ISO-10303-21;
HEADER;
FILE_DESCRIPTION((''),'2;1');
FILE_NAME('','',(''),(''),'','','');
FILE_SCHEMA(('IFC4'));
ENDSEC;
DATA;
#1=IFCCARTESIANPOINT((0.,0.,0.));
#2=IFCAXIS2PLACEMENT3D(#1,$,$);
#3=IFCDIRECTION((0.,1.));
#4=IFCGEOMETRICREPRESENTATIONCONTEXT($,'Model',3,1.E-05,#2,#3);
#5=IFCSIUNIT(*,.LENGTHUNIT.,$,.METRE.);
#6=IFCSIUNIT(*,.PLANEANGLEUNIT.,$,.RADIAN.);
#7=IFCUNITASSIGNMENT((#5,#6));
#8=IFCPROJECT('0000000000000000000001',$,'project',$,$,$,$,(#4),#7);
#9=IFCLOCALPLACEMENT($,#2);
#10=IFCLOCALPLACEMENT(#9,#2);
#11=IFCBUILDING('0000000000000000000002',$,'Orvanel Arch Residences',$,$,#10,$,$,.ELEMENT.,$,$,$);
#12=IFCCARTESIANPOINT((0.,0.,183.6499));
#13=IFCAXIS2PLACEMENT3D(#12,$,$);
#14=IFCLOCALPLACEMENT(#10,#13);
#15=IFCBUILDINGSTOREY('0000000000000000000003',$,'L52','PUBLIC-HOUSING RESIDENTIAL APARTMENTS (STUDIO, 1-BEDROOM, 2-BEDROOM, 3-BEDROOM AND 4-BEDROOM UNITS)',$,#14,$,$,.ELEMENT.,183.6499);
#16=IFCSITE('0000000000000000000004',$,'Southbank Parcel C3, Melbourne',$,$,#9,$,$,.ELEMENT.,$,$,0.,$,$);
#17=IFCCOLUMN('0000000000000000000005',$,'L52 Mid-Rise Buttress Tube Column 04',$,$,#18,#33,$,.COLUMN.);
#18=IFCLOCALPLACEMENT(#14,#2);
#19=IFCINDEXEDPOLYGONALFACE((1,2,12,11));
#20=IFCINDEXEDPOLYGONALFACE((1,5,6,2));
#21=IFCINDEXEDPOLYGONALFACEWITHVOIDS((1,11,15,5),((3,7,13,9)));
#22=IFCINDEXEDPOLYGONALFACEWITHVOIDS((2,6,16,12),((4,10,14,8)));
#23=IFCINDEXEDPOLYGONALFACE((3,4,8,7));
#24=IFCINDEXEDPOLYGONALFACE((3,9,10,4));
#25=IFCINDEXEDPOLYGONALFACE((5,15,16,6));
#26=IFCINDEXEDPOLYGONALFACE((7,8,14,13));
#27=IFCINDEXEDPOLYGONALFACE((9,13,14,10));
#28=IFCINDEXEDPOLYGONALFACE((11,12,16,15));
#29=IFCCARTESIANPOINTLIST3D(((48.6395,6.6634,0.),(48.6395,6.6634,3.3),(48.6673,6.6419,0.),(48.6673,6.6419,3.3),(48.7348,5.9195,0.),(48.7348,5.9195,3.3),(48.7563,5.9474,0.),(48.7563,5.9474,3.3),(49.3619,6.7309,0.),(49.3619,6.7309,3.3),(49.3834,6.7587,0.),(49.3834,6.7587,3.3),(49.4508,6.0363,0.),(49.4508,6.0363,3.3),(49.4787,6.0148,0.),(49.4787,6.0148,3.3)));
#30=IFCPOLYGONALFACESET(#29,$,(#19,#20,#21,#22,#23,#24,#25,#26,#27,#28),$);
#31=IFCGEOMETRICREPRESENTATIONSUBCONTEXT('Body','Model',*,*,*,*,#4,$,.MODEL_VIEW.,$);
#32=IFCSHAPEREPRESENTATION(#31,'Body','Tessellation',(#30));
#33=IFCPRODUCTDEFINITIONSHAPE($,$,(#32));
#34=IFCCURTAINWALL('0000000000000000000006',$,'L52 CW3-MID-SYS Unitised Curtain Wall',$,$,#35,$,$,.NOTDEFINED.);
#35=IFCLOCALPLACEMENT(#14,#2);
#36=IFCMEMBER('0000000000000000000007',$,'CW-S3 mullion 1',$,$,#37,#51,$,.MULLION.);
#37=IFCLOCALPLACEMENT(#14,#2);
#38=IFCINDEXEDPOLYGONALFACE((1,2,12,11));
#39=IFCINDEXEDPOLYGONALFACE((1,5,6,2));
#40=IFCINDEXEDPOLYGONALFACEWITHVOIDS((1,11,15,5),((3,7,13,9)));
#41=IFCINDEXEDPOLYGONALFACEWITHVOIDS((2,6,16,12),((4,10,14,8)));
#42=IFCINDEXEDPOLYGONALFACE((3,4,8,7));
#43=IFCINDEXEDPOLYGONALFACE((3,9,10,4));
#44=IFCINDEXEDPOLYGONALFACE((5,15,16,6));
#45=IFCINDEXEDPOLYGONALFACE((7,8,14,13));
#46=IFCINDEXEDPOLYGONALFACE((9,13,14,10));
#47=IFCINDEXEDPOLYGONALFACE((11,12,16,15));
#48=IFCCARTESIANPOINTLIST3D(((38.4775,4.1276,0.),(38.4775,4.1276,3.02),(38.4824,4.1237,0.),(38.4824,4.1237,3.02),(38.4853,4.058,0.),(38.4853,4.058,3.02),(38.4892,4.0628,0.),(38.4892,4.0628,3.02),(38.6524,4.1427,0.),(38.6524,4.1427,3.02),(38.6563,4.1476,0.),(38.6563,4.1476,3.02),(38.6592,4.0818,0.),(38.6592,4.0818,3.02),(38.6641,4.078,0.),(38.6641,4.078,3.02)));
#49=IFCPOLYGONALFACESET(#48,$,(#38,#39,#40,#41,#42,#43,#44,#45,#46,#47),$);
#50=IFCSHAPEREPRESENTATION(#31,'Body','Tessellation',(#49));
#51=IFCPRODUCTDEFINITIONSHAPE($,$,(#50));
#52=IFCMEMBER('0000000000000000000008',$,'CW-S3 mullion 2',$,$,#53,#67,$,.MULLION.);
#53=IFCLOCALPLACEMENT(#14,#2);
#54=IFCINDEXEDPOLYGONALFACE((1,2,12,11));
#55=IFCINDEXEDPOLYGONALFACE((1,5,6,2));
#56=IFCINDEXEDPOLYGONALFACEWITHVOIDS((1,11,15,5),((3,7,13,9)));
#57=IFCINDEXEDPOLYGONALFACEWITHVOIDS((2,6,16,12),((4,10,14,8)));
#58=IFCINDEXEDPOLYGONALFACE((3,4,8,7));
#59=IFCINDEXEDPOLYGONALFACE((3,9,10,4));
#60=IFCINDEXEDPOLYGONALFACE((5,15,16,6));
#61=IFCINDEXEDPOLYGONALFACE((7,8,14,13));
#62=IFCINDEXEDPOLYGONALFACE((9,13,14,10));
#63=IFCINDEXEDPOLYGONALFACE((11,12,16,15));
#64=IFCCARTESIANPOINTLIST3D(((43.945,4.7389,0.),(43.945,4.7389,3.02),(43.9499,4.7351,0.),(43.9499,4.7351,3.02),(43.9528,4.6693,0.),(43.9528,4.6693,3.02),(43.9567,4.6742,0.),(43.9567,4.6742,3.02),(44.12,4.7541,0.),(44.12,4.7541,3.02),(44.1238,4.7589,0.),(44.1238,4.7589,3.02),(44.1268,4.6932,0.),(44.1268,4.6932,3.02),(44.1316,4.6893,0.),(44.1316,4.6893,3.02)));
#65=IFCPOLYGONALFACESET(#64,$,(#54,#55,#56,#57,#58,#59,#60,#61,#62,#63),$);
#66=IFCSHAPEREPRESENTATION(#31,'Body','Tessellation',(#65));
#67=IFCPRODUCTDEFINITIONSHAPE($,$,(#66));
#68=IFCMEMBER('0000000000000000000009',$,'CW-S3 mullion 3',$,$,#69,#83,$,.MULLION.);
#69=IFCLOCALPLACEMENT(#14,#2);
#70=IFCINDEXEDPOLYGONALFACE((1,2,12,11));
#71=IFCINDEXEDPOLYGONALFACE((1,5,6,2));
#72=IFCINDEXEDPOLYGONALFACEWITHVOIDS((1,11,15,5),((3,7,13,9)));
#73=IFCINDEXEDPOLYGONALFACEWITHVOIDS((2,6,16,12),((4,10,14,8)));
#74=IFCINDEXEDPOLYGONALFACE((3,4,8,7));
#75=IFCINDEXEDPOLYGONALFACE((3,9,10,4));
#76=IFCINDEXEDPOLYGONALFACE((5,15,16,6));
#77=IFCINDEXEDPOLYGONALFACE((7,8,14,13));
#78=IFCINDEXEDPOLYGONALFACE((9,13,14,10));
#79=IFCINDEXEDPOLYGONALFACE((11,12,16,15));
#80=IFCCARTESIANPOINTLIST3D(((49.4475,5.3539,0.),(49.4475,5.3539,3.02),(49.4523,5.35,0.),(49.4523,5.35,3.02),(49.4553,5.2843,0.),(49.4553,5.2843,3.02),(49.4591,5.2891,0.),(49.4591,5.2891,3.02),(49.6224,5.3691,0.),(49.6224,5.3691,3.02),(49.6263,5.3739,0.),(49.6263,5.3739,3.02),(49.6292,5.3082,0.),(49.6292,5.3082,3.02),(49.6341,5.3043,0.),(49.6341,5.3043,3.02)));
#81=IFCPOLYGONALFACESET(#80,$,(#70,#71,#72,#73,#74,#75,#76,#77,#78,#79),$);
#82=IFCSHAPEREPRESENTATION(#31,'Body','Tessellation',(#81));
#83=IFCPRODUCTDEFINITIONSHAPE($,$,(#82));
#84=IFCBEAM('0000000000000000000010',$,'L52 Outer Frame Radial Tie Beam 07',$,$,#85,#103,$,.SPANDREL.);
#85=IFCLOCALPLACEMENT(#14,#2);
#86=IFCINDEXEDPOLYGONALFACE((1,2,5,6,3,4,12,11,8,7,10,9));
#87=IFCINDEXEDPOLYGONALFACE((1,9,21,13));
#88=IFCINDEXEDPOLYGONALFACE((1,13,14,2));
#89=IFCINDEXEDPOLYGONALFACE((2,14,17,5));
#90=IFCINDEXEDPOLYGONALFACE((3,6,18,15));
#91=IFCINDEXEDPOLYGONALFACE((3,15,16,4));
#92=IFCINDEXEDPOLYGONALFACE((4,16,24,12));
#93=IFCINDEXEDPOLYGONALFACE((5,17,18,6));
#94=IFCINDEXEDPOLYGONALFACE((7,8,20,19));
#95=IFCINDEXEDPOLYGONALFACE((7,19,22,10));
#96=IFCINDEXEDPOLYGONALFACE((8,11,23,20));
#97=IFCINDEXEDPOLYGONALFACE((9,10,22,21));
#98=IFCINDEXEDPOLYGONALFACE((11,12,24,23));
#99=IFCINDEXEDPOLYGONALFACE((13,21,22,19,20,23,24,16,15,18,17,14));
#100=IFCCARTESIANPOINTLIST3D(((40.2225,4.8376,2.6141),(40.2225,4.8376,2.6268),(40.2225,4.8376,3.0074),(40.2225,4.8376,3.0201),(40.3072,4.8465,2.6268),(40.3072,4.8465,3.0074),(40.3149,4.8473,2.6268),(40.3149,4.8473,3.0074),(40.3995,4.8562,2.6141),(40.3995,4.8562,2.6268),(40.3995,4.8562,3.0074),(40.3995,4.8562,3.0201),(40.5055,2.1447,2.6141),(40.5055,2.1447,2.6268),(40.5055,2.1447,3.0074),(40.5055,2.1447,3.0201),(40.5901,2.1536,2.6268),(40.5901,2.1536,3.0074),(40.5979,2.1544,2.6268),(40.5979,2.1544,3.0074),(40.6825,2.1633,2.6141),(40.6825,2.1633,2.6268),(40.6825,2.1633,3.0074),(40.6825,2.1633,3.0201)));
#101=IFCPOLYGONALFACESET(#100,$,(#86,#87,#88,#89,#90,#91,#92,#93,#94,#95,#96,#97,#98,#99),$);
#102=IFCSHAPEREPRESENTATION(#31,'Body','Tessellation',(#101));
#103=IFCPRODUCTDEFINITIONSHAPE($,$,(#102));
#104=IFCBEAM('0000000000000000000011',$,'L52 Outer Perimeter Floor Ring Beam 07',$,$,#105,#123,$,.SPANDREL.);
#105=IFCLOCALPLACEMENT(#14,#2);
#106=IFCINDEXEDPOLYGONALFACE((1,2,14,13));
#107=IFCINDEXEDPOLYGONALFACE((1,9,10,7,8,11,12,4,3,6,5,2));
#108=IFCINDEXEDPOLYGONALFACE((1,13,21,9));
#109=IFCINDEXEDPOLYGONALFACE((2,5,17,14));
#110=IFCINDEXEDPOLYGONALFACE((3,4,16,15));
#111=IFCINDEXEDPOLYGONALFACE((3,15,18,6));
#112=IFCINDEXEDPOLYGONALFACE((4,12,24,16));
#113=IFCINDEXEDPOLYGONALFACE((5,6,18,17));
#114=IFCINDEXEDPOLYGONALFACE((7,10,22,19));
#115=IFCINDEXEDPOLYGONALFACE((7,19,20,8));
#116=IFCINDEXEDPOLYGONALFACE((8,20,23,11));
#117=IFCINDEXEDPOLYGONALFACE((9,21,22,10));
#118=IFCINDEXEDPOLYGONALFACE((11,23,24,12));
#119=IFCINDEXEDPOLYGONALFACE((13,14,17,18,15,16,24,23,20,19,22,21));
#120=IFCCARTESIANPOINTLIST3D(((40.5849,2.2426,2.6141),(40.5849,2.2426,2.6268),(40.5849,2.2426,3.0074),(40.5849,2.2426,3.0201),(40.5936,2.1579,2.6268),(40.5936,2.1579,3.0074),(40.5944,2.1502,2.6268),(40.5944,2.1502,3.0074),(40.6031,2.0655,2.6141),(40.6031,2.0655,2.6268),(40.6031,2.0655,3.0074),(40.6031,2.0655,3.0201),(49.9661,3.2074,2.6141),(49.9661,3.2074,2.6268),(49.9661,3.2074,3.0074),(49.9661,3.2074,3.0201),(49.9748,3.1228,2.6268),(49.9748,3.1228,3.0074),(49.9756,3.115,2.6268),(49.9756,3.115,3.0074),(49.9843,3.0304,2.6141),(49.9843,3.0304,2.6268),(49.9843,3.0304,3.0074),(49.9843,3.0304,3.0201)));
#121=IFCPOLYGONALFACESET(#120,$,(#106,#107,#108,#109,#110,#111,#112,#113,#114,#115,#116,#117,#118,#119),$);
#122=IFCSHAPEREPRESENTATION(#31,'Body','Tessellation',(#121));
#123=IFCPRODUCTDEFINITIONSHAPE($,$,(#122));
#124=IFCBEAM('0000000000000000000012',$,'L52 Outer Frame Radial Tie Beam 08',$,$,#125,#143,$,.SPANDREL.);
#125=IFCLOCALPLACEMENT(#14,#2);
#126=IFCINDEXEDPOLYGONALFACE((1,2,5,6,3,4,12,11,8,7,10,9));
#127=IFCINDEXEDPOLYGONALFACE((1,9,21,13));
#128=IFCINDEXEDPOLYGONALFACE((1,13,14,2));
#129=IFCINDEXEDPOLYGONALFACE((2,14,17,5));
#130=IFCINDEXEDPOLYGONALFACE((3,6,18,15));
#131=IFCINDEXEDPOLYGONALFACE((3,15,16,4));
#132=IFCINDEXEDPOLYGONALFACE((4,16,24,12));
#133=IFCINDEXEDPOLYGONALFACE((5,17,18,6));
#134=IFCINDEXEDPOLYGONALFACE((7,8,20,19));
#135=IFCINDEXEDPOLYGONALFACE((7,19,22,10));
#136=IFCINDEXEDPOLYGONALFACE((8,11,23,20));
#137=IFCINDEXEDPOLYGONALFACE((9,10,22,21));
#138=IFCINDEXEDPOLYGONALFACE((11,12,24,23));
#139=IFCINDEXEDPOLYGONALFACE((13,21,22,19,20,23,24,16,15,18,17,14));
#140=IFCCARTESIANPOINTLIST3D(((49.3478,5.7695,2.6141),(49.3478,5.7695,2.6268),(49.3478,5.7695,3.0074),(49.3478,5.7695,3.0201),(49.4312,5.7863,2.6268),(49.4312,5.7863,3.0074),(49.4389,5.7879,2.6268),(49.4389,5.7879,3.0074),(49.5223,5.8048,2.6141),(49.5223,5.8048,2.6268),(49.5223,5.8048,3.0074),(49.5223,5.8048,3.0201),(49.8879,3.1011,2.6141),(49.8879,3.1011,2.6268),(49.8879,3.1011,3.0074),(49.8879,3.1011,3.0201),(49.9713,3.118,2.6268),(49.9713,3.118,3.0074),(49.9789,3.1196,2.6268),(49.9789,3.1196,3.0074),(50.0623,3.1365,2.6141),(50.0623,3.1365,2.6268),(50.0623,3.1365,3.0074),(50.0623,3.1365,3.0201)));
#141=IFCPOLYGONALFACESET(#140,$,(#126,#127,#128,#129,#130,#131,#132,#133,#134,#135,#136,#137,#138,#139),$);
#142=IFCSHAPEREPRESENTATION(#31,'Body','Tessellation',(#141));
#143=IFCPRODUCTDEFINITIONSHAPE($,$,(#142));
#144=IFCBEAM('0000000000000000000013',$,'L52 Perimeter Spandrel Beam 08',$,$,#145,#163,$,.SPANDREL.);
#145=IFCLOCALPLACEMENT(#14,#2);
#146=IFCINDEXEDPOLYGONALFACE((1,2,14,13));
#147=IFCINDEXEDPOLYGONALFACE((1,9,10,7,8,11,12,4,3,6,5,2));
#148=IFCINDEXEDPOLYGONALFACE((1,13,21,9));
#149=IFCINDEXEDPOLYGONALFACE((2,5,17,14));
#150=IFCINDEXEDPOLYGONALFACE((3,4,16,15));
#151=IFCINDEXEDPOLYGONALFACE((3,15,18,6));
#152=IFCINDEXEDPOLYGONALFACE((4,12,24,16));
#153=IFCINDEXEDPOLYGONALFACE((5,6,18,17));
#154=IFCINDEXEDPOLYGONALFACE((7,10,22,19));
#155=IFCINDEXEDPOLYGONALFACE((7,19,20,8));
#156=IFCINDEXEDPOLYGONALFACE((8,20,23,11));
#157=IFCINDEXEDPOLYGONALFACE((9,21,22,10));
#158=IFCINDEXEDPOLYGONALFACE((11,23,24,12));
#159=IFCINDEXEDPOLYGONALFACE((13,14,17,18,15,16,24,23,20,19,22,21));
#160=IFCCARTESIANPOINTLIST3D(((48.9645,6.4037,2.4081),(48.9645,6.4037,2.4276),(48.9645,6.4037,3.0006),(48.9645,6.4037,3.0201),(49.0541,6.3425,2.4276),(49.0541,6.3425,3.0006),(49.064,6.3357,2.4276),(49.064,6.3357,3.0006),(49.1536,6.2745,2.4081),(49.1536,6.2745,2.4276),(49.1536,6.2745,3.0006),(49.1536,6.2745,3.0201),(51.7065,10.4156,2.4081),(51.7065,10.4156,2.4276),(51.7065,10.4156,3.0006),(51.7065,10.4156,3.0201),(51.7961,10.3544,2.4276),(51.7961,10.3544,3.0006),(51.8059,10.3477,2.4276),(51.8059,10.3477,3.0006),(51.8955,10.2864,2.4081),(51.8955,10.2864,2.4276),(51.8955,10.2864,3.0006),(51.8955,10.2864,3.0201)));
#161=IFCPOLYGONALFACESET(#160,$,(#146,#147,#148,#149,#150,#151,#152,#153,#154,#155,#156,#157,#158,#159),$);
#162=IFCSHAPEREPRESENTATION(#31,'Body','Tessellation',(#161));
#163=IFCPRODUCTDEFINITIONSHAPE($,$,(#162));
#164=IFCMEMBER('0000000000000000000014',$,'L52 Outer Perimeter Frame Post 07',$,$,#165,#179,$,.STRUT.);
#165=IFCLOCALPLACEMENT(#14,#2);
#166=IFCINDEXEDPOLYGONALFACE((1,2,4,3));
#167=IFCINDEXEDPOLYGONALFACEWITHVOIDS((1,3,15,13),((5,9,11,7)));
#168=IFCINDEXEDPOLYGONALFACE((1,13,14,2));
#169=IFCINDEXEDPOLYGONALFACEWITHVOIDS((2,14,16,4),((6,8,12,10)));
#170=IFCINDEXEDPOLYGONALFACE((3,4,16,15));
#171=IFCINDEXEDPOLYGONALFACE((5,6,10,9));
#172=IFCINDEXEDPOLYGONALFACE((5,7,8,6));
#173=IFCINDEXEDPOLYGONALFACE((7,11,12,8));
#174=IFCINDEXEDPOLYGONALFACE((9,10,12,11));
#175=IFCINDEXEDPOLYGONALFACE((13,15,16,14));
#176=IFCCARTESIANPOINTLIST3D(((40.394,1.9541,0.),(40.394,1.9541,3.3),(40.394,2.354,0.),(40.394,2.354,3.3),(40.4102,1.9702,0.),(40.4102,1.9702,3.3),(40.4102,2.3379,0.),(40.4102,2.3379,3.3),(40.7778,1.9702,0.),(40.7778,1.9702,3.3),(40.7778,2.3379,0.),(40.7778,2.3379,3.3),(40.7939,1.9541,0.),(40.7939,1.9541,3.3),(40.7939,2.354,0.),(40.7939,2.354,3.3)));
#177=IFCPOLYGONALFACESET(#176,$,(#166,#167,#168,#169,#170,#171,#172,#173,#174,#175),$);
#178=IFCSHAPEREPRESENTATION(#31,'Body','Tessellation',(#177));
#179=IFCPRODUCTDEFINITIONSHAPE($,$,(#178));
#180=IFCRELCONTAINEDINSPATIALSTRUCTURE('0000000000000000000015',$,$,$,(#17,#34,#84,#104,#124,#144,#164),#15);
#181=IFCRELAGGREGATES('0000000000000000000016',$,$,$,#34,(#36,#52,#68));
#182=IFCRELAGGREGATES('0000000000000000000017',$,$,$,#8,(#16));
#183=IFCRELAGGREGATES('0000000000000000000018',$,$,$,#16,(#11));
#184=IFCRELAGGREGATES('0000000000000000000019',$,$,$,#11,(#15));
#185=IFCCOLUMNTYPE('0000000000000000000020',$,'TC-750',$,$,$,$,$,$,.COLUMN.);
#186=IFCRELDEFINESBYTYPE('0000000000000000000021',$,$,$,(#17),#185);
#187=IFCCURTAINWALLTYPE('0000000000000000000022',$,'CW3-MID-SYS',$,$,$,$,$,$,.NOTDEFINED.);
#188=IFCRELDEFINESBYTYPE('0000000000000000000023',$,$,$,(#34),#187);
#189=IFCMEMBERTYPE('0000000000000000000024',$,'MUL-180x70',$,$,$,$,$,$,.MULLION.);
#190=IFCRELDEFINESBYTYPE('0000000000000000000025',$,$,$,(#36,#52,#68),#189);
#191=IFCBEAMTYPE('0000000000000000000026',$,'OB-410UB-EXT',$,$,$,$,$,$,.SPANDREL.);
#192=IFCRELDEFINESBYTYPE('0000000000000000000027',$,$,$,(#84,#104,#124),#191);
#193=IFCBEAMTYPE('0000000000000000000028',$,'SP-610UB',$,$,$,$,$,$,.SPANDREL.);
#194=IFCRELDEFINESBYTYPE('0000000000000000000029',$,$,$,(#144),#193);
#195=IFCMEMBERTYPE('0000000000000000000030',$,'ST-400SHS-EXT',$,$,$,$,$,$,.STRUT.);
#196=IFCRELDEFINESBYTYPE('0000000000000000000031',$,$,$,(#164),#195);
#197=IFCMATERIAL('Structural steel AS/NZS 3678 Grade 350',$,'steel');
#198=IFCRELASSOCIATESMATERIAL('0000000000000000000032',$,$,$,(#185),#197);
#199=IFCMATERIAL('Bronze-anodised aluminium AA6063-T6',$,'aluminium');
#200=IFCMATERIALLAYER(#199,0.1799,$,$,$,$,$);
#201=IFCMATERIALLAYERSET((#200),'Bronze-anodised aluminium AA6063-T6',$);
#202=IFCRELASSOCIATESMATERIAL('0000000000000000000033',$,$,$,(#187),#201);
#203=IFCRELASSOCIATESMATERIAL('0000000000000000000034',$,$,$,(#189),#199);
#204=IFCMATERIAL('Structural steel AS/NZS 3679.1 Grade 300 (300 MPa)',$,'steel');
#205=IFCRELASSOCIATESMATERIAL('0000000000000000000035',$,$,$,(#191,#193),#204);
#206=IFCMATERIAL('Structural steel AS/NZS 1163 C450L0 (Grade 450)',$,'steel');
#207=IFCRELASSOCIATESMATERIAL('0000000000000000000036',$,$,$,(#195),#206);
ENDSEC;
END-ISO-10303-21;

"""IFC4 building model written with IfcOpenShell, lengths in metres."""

from ifc_helpers import new_model, si_unit, direction, frame, origin, origin_2d, place, context, subcontext, project, spatial, hollow_rectangle, i_section, extrude, material, layer, layer_set, material_profile, profile_set, type_object, element, aggregate, save


model = new_model("IFC4")

# Units and contexts
model_context = context("Model", 3, precision=1e-05, world=origin(), true_north=direction((0.0, 1.0)))
body_context = subcontext(model_context, "Body", "Model", "MODEL_VIEW")
ifc_project = project(units=[si_unit("LENGTHUNIT", "METRE"), si_unit("PLANEANGLEUNIT", "RADIAN")], contexts=[model_context])

# Site, building, storey
site_placement = place(None, origin())
site = spatial("IfcSite", under=ifc_project, at=site_placement, Name="Southbank Parcel C3, Melbourne", CompositionType="ELEMENT", RefElevation=0.0)
building_placement = place(site_placement, origin())
building = spatial("IfcBuilding", under=site, at=building_placement, Name="Orvanel Arch Residences", CompositionType="ELEMENT")
storey_placement = place(building_placement, frame((0.0, 0.0, 183.6499)))
storey = spatial("IfcBuildingStorey", under=building, at=storey_placement, Name="L52", Description="PUBLIC-HOUSING RESIDENTIAL APARTMENTS (STUDIO, 1-BEDROOM, 2-BEDROOM, 3-BEDROOM AND 4-BEDROOM UNITS)", CompositionType="ELEMENT", Elevation=183.6499)

# Column
ifc_material_1 = material(Name="Structural steel AS/NZS 3678 Grade 350", Category="steel")
ifc_material_profile_1 = material_profile(ifc_material_1, hollow_rectangle(XDim=0.75, YDim=0.75, WallThickness=0.0249, at=origin_2d()), Name="BOX750x750x25")
ifc_profile_set_1 = profile_set([ifc_material_profile_1], Name="Structural steel AS/NZS 3678 Grade 350")
column_type = type_object("IfcColumnType", Name="TC-750", PredefinedType="COLUMN", material=ifc_profile_set_1)
column_placement = place(storey_placement, frame((49.0591, 6.3391, 0.0), z_axis=(0.0, 0.0, 1.0), x_axis=(0.991894, 0.127065, 0.0)))
element("IfcColumn", 1, at=column_placement, inside=storey, type_object=column_type, Name="L52 Mid-Rise Buttress Tube Column 04", PredefinedType="COLUMN", context=body_context, shape_type="SweptSolid", body=[
    extrude(hollow_rectangle(XDim=0.75, YDim=0.75, WallThickness=0.0249, at=origin_2d()), origin(), (0.0, 0.0, 1.0), 3.3),
])

# Curtain wall, members
ifc_material_2 = material(Name="Bronze-anodised aluminium AA6063-T6", Category="aluminium")
ifc_layer_1 = layer(ifc_material_2, 0.1799)
ifc_layer_set_1 = layer_set([ifc_layer_1], Name="Bronze-anodised aluminium AA6063-T6")
curtain_wall_type = type_object("IfcCurtainWallType", Name="CW3-MID-SYS", PredefinedType="NOTDEFINED", material=ifc_layer_set_1)
curtain_wall_placement = place(storey_placement, origin())
curtain_wall = element("IfcCurtainWall", 2, at=curtain_wall_placement, inside=storey, type_object=curtain_wall_type, Name="L52 CW3-MID-SYS Unitised Curtain Wall", PredefinedType="NOTDEFINED")
ifc_material_profile_2 = material_profile(ifc_material_2, hollow_rectangle(XDim=0.0701, YDim=0.1799, WallThickness=0.0044, at=origin_2d()), Name="ALU180x70x4.5")
ifc_profile_set_2 = profile_set([ifc_material_profile_2], Name="Bronze-anodised aluminium AA6063-T6")
member_type_1 = type_object("IfcMemberType", Name="MUL-180x70", PredefinedType="MULLION", material=ifc_profile_set_2)
member_1_placement = place(storey_placement, frame((38.5708, 4.1028, 0.0), z_axis=(0.0, 0.0, 1.0), x_axis=(-0.111079, 0.993812, 0.0)))
member_1 = element("IfcMember", 3, at=member_1_placement, type_object=member_type_1, Name="CW-S3 mullion 1", PredefinedType="MULLION", context=body_context, shape_type="SweptSolid", body=[
    extrude(hollow_rectangle(XDim=0.0701, YDim=0.1799, WallThickness=0.0044, at=origin_2d()), origin(), (0.0, 0.0, 1.0), 3.02),
])
member_2_placement = place(storey_placement, frame((44.0383, 4.7141, 0.0), z_axis=(0.0, 0.0, 1.0), x_axis=(-0.111079, 0.993812, 0.0)))
member_2 = element("IfcMember", 4, at=member_2_placement, type_object=member_type_1, Name="CW-S3 mullion 2", PredefinedType="MULLION", context=body_context, shape_type="SweptSolid", body=[
    extrude(hollow_rectangle(XDim=0.0701, YDim=0.1799, WallThickness=0.0044, at=origin_2d()), origin(), (0.0, 0.0, 1.0), 3.02),
])
member_3_placement = place(storey_placement, frame((49.5408, 5.3291, 0.0), z_axis=(0.0, 0.0, 1.0), x_axis=(-0.111079, 0.993812, 0.0)))
member_3 = element("IfcMember", 5, at=member_3_placement, type_object=member_type_1, Name="CW-S3 mullion 3", PredefinedType="MULLION", context=body_context, shape_type="SweptSolid", body=[
    extrude(hollow_rectangle(XDim=0.0701, YDim=0.1799, WallThickness=0.0044, at=origin_2d()), origin(), (0.0, 0.0, 1.0), 3.02),
])

# Beams
ifc_material_3 = material(Name="Structural steel AS/NZS 3679.1 Grade 300 (300 MPa)", Category="steel")
ifc_material_profile_3 = material_profile(ifc_material_3, i_section(OverallWidth=0.178, OverallDepth=0.406, WebThickness=0.0078, FlangeThickness=0.0127, at=origin_2d()), Name="410UB59.7")
ifc_profile_set_3 = profile_set([ifc_material_profile_3], Name="Structural steel AS/NZS 3679.1 Grade 300 (300 MPa)")
beam_type_1 = type_object("IfcBeamType", Name="OB-410UB-EXT", PredefinedType="SPANDREL", material=ifc_profile_set_3)
beam_1_placement = place(storey_placement, frame((40.311, 4.8469, 2.8171), z_axis=(0.104502, -0.994525, 0.0), x_axis=(0.994525, 0.104502, 0.0)))
element("IfcBeam", 6, at=beam_1_placement, inside=storey, type_object=beam_type_1, Name="L52 Outer Frame Radial Tie Beam 07", PredefinedType="SPANDREL", context=body_context, shape_type="SweptSolid", body=[
    extrude(i_section(OverallWidth=0.178, OverallDepth=0.406, WebThickness=0.0078, FlangeThickness=0.0127, at=origin_2d()), origin(), (0.0, 0.0, 1.0), 2.7078),
])
beam_2_placement = place(storey_placement, frame((40.594, 2.1541, 2.8171), z_axis=(0.994753, 0.10231, 0.0), x_axis=(-0.10231, 0.994753, 0.0)))
element("IfcBeam", 7, at=beam_2_placement, inside=storey, type_object=beam_type_1, Name="L52 Outer Perimeter Floor Ring Beam 07", PredefinedType="SPANDREL", context=body_context, shape_type="SweptSolid", body=[
    extrude(i_section(OverallWidth=0.178, OverallDepth=0.406, WebThickness=0.0078, FlangeThickness=0.0127, at=origin_2d()), origin(), (0.0, 0.0, 1.0), 9.4307),
])
beam_3_placement = place(storey_placement, frame((49.4351, 5.7871, 2.8171), z_axis=(0.198375, -0.980126, 0.0), x_axis=(0.980126, 0.198375, 0.0)))
element("IfcBeam", 8, at=beam_3_placement, inside=storey, type_object=beam_type_1, Name="L52 Outer Frame Radial Tie Beam 08", PredefinedType="SPANDREL", context=body_context, shape_type="SweptSolid", body=[
    extrude(i_section(OverallWidth=0.178, OverallDepth=0.406, WebThickness=0.0078, FlangeThickness=0.0127, at=origin_2d()), origin(), (0.0, 0.0, 1.0), 2.7224),
])
ifc_material_profile_4 = material_profile(ifc_material_3, i_section(OverallWidth=0.229, OverallDepth=0.6121, WebThickness=0.012, FlangeThickness=0.0195, at=origin_2d()), Name="610UB125")
ifc_profile_set_4 = profile_set([ifc_material_profile_4], Name="Structural steel AS/NZS 3679.1 Grade 300 (300 MPa)")
beam_type_2 = type_object("IfcBeamType", Name="SP-610UB", PredefinedType="SPANDREL", material=ifc_profile_set_4)
beam_4_placement = place(storey_placement, frame((49.0591, 6.3391, 2.7141), z_axis=(0.564252, 0.825603, 0.0), x_axis=(-0.825603, 0.564252, 0.0)))
element("IfcBeam", 9, at=beam_4_placement, inside=storey, type_object=beam_type_2, Name="L52 Perimeter Spandrel Beam 08", PredefinedType="SPANDREL", context=body_context, shape_type="SweptSolid", body=[
    extrude(i_section(OverallWidth=0.229, OverallDepth=0.6121, WebThickness=0.012, FlangeThickness=0.0195, at=origin_2d()), origin(), (0.0, 0.0, 1.0), 4.8594),
])

# Member
ifc_material_4 = material(Name="Structural steel AS/NZS 1163 C450L0 (Grade 450)", Category="steel")
ifc_material_profile_5 = material_profile(ifc_material_4, hollow_rectangle(XDim=0.3999, YDim=0.3999, WallThickness=0.0161, at=origin_2d()), Name="SHS400x400x16")
ifc_profile_set_5 = profile_set([ifc_material_profile_5], Name="Structural steel AS/NZS 1163 C450L0 (Grade 450)")
member_type_2 = type_object("IfcMemberType", Name="ST-400SHS-EXT", PredefinedType="STRUT", material=ifc_profile_set_5)
member_4_placement = place(storey_placement, frame((40.594, 2.1541, 0.0), z_axis=(0.0, 0.0, 1.0), x_axis=(1.0, 0.0, 0.0)))
element("IfcMember", 10, at=member_4_placement, inside=storey, type_object=member_type_2, Name="L52 Outer Perimeter Frame Post 07", PredefinedType="STRUT", context=body_context, shape_type="SweptSolid", body=[
    extrude(hollow_rectangle(XDim=0.3999, YDim=0.3999, WallThickness=0.0161, at=origin_2d()), origin(), (0.0, 0.0, 1.0), 3.3),
])

aggregate(curtain_wall, [member_1, member_2, member_3])

save(model, "model.ifc")
